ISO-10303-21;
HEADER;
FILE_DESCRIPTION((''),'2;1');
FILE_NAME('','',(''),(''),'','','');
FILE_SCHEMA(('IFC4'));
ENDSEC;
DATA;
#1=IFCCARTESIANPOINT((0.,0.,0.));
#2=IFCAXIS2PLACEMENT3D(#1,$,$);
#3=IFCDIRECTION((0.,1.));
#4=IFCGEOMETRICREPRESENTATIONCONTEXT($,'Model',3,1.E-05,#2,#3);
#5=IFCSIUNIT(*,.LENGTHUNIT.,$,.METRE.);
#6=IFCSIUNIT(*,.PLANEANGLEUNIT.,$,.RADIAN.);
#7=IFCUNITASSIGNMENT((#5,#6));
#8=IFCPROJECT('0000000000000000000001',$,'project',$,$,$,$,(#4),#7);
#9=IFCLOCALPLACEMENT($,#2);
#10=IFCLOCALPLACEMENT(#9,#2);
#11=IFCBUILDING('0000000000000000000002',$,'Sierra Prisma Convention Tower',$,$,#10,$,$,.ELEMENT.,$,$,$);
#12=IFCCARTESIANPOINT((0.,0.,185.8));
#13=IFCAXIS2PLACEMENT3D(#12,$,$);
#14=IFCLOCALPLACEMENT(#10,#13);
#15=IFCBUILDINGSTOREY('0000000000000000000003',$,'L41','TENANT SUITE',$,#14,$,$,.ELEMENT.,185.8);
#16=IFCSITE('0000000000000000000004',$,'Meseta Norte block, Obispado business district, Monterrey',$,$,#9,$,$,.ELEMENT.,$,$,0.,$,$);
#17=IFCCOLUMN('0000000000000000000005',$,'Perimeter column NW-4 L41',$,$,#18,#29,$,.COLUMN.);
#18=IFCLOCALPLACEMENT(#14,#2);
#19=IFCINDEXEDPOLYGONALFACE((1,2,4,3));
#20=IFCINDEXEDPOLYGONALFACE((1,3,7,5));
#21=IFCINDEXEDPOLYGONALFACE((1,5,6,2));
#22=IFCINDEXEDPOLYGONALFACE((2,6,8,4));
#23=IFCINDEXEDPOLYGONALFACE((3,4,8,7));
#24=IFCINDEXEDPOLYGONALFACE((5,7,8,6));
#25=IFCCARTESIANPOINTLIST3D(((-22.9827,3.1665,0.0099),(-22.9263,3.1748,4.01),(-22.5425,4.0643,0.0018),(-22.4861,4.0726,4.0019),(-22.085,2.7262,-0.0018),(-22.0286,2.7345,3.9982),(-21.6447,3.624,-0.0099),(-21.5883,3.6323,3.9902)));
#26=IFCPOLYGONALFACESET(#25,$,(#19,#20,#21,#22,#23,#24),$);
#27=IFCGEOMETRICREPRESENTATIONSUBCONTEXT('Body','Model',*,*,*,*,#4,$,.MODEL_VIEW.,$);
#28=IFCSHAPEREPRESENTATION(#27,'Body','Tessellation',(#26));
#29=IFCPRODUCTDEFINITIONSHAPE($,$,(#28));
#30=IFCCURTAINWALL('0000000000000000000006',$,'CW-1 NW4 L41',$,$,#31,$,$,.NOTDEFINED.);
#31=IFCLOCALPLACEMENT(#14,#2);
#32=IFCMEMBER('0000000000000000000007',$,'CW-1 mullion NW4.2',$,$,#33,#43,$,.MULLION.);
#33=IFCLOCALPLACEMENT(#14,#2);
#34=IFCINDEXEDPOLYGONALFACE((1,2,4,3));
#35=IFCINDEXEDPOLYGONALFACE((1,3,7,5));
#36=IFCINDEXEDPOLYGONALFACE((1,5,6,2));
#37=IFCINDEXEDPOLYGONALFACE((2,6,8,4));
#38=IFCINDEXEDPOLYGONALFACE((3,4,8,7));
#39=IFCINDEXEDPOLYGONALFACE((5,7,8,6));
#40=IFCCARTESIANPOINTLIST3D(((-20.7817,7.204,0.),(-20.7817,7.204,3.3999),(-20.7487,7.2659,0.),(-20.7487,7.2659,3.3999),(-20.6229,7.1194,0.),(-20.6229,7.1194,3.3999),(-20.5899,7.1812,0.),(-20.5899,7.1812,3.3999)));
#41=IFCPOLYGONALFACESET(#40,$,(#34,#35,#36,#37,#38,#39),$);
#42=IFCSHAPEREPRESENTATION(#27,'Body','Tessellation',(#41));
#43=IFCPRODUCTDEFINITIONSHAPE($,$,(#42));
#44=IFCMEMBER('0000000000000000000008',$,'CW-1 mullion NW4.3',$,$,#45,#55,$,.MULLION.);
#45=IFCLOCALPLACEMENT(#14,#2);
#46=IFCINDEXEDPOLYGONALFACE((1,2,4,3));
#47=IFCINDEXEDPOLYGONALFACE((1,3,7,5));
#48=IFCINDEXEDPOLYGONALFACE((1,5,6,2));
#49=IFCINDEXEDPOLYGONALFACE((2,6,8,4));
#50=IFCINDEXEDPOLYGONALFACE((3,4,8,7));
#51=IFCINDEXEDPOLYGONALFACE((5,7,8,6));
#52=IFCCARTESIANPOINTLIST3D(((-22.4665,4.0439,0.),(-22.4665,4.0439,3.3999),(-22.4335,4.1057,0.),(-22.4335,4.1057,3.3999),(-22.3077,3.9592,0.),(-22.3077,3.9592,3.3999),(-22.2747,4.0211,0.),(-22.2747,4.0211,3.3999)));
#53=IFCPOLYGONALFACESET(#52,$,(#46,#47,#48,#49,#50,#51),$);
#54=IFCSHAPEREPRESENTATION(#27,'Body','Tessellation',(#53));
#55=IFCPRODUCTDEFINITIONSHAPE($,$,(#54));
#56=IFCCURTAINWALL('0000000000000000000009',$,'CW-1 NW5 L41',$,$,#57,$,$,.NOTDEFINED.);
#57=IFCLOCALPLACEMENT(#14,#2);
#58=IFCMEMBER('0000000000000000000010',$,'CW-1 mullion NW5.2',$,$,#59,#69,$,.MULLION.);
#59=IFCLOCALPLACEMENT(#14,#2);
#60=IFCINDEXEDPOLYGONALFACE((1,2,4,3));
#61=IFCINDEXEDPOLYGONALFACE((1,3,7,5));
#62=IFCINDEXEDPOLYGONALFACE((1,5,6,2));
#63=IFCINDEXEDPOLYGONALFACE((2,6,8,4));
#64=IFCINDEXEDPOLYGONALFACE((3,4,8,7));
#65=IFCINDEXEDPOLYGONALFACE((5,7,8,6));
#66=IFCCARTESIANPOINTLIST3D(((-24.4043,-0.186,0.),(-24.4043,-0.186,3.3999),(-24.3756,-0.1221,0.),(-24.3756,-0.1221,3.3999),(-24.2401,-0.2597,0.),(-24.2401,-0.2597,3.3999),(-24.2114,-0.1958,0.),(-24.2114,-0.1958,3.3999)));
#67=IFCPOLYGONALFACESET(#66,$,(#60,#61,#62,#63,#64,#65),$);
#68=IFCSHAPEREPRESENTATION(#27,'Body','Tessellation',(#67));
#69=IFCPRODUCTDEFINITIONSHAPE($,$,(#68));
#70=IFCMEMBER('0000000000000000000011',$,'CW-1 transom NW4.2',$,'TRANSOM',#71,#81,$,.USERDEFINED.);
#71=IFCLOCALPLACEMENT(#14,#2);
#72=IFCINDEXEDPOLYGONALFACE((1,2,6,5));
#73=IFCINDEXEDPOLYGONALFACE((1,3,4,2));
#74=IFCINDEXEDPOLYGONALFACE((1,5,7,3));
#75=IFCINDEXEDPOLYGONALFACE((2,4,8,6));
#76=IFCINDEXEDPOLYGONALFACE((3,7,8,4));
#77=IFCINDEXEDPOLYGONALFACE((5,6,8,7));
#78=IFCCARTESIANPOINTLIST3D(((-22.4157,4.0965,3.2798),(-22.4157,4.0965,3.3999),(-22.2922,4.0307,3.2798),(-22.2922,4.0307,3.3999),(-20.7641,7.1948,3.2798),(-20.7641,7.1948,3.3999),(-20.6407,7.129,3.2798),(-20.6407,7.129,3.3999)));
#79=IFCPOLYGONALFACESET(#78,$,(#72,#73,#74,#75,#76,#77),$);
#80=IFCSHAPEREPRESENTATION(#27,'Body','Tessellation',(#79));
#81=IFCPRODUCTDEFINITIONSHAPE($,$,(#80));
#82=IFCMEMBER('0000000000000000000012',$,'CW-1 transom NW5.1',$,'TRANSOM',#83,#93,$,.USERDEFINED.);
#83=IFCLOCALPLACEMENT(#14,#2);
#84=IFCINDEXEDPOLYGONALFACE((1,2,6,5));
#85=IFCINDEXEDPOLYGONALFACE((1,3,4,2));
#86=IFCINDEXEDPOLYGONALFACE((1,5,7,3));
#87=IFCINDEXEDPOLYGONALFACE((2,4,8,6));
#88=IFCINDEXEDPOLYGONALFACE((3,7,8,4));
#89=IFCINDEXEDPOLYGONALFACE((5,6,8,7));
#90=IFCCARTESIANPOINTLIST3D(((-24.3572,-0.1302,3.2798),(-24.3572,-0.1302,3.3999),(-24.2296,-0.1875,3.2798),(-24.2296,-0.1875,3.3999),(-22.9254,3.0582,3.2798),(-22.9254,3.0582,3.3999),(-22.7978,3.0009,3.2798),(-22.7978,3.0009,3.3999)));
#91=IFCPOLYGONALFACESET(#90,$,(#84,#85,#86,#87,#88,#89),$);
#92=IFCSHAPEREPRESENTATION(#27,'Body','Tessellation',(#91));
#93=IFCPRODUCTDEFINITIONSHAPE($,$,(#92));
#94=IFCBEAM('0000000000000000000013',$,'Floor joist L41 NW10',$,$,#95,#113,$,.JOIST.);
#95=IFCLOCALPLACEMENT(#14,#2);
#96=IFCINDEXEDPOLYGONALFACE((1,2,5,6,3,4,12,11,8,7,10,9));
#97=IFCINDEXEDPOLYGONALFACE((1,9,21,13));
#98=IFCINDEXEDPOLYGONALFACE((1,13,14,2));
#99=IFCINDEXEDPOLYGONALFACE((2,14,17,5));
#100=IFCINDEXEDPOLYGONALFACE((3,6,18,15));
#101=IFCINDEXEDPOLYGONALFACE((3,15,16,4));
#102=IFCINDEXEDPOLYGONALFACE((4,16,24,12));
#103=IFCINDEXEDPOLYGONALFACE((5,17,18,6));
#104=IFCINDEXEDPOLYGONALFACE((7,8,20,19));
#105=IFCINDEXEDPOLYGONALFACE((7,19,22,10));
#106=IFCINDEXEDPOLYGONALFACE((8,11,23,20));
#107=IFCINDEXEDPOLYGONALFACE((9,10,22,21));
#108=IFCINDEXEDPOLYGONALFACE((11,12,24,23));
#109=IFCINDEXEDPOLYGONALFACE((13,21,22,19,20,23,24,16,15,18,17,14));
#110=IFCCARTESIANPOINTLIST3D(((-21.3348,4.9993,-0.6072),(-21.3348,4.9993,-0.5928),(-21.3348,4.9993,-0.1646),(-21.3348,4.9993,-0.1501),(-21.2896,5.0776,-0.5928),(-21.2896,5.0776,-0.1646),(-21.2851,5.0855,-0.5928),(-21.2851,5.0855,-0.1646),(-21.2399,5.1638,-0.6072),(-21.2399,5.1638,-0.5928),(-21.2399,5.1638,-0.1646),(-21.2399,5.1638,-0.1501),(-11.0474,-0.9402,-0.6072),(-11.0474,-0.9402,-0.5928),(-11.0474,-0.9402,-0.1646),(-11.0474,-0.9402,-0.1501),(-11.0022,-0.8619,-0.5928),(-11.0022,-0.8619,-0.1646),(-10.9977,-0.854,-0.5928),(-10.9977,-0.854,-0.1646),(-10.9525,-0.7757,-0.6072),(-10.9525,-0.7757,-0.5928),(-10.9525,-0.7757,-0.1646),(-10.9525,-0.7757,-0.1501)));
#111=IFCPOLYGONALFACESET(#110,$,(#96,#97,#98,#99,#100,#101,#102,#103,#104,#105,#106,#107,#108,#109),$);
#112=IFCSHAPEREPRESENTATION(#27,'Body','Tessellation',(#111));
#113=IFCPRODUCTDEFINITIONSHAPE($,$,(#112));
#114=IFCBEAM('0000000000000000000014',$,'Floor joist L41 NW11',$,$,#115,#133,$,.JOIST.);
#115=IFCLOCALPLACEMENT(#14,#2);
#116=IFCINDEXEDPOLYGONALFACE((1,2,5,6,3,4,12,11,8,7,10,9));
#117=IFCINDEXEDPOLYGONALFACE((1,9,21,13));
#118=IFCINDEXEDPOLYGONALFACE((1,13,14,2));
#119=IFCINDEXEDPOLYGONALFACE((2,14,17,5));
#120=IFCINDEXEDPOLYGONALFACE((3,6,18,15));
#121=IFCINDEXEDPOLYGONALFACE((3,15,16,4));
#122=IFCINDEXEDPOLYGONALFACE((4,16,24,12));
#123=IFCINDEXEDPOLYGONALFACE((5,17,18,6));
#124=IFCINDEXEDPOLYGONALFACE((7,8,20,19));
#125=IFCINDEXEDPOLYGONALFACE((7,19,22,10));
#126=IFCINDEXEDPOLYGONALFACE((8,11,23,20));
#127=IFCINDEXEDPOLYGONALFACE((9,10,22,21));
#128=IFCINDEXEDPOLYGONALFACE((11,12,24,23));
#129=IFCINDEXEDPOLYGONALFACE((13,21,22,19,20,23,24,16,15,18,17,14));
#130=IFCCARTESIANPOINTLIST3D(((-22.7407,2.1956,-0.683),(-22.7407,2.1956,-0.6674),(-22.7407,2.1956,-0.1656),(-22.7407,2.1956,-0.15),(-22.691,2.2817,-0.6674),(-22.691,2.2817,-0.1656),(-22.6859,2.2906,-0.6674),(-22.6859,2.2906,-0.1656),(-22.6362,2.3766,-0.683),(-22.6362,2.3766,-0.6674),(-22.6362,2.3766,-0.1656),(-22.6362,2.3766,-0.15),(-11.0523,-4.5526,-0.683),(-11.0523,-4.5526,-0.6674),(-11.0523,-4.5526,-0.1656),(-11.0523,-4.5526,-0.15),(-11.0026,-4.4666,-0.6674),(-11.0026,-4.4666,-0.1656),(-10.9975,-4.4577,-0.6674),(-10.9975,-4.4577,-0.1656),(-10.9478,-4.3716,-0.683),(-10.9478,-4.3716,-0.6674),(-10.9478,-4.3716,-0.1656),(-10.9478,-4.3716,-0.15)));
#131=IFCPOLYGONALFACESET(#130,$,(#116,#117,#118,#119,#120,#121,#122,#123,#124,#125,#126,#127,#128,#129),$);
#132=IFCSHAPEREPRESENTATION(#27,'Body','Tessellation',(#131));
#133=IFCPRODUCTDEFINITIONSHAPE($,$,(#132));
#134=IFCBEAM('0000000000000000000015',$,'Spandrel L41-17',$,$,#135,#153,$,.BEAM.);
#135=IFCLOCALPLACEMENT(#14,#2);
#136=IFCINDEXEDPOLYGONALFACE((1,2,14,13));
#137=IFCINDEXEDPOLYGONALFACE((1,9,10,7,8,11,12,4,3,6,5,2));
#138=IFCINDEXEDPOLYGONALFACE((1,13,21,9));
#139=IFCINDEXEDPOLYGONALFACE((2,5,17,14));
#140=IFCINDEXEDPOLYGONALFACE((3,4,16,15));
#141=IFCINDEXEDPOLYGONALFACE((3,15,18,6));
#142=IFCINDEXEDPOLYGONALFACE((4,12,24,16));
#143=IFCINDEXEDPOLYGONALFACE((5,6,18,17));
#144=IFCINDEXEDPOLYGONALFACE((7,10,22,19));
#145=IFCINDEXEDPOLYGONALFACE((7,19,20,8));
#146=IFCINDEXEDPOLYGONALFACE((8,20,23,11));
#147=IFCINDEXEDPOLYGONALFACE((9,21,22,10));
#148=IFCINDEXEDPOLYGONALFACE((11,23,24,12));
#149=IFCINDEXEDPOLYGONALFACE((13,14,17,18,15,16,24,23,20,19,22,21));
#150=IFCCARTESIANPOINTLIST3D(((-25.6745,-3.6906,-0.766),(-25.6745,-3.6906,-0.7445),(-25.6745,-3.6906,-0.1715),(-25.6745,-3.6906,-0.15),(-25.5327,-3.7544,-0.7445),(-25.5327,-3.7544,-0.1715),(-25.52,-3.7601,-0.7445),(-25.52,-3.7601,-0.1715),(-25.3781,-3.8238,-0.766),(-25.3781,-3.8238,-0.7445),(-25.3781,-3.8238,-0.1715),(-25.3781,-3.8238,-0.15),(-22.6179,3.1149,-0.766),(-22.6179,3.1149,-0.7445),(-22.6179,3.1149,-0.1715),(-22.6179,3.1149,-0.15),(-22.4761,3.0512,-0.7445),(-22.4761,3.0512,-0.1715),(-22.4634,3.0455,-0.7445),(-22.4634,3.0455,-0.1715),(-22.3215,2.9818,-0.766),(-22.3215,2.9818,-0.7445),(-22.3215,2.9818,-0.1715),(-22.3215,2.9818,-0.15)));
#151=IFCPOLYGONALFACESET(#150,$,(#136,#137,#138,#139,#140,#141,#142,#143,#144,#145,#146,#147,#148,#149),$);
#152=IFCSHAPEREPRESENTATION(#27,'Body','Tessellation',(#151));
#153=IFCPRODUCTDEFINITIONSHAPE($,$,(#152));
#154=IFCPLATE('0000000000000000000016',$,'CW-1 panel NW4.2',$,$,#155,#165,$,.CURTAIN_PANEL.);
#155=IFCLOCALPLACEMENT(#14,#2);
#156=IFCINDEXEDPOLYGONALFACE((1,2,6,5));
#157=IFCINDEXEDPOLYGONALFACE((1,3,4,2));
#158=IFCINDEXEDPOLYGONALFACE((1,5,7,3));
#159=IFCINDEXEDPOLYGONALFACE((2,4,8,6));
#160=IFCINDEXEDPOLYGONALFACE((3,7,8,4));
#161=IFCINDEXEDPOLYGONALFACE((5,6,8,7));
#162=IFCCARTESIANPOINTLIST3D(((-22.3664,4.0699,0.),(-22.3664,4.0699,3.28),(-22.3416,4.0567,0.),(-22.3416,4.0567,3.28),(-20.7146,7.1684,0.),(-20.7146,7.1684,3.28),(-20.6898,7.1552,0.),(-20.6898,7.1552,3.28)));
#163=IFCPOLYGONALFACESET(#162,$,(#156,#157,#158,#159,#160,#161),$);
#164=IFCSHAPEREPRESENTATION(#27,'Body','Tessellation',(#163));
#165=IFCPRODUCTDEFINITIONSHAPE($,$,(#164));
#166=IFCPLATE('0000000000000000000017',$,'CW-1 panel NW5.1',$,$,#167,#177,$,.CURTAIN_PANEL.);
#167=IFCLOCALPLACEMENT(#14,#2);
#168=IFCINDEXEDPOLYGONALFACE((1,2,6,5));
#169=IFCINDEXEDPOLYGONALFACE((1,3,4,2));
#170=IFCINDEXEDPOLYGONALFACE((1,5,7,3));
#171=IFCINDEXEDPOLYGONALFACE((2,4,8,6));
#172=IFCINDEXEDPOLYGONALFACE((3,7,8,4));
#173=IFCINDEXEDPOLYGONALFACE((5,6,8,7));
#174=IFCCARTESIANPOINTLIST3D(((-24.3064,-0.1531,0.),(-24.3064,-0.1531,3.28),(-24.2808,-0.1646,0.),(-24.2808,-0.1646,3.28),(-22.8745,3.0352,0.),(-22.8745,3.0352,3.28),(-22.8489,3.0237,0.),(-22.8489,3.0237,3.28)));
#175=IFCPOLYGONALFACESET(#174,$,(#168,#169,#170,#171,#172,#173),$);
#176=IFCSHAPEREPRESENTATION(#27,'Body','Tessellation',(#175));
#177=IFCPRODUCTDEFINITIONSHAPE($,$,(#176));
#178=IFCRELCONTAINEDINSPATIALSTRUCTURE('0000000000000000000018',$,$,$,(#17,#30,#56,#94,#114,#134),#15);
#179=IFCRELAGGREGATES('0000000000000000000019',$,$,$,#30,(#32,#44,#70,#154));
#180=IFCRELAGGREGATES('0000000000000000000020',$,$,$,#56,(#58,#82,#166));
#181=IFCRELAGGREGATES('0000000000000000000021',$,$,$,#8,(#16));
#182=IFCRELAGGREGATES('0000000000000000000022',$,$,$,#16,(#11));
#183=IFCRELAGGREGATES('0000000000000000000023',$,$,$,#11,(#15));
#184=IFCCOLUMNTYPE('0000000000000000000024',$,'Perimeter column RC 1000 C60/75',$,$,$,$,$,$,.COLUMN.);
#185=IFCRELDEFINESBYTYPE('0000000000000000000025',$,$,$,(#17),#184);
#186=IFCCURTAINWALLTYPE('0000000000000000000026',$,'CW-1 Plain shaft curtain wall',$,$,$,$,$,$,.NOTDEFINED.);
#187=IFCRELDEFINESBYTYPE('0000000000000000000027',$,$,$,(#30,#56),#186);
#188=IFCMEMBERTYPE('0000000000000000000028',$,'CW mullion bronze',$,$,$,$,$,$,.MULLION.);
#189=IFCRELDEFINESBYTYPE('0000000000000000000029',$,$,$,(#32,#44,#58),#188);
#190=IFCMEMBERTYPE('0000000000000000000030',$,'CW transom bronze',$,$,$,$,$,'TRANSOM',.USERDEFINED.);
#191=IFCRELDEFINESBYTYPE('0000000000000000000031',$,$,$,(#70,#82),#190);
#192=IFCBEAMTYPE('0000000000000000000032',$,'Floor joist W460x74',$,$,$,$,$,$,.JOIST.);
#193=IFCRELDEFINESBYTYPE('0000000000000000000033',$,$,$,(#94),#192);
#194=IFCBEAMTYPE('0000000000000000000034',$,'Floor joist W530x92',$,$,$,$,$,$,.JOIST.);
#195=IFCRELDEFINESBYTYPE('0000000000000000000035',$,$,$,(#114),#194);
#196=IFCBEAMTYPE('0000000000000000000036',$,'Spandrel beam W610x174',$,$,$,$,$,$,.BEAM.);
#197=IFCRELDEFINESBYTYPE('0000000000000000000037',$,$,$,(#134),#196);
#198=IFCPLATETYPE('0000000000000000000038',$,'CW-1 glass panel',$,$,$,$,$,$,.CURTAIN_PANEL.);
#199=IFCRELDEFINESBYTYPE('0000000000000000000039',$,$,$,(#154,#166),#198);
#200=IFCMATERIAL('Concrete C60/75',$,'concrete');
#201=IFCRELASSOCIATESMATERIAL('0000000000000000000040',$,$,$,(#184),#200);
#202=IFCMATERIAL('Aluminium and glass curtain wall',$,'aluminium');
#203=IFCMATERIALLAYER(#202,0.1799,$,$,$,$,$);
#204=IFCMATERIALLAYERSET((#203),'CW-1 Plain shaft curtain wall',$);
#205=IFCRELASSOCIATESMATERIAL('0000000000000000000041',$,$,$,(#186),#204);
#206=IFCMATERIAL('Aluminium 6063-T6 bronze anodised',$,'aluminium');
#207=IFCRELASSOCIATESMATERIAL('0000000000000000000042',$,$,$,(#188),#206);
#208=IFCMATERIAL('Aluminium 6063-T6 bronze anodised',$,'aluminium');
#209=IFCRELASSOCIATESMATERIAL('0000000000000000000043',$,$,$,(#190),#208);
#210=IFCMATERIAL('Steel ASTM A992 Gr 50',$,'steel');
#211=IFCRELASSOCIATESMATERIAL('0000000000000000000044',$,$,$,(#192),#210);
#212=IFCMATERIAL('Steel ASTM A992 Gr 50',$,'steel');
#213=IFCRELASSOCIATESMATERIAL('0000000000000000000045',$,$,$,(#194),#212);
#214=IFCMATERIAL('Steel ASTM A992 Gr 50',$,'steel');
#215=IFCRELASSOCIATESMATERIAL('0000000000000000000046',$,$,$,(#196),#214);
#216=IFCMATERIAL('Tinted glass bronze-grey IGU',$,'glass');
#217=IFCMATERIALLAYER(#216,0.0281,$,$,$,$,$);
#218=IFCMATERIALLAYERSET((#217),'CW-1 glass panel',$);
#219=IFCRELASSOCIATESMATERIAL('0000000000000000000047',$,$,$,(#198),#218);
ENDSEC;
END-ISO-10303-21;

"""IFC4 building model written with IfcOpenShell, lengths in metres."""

from ifc_helpers import new_model, si_unit, direction, frame, origin, origin_2d, place, context, subcontext, project, spatial, rectangle, i_section, extrude, material, layer, layer_set, material_profile, profile_set, type_object, element, aggregate, save


model = new_model("IFC4")

# Units and contexts
model_context = context("Model", 3, precision=1e-05, world=origin(), true_north=direction((0.0, 1.0)))
body_context = subcontext(model_context, "Body", "Model", "MODEL_VIEW")
ifc_project = project(units=[si_unit("LENGTHUNIT", "METRE"), si_unit("PLANEANGLEUNIT", "RADIAN")], contexts=[model_context])

# Site, building, storey
site_placement = place(None, origin())
site = spatial("IfcSite", under=ifc_project, at=site_placement, Name="Meseta Norte block, Obispado business district, Monterrey", CompositionType="ELEMENT", RefElevation=0.0)
building_placement = place(site_placement, origin())
building = spatial("IfcBuilding", under=site, at=building_placement, Name="Sierra Prisma Convention Tower", CompositionType="ELEMENT")
storey_placement = place(building_placement, frame((0.0, 0.0, 185.8)))
storey = spatial("IfcBuildingStorey", under=building, at=storey_placement, Name="L41", Description="TENANT SUITE", CompositionType="ELEMENT", Elevation=185.8)

# Column
ifc_material_1 = material(Name="Concrete C60/75", Category="concrete")
ifc_material_profile_1 = material_profile(ifc_material_1, rectangle(XDim=1.0, YDim=1.0, at=origin_2d()), Name="Perimeter column RC 1000 C60/75")
ifc_profile_set_1 = profile_set([ifc_material_profile_1], Name="Concrete C60/75")
column_type = type_object("IfcColumnType", Name="Perimeter column RC 1000 C60/75", PredefinedType="COLUMN", material=ifc_profile_set_1)
column_placement = place(storey_placement, frame((-22.3137, 3.3953, 0.0), z_axis=(0.014098, 0.002075, 0.999898), x_axis=(0.440273, 0.897828, -0.008071)))
element("IfcColumn", 1, at=column_placement, inside=storey, type_object=column_type, Name="Perimeter column NW-4 L41", PredefinedType="COLUMN", context=body_context, shape_type="SweptSolid", body=[
    extrude(rectangle(XDim=1.0, YDim=1.0, at=origin_2d()), origin(), (0.0, 0.0, 1.0), 4.0005),
])

# Curtain wall, members
ifc_material_2 = material(Name="Aluminium and glass curtain wall", Category="aluminium")
ifc_layer_1 = layer(ifc_material_2, 0.1799)
ifc_layer_set_1 = layer_set([ifc_layer_1], Name="CW-1 Plain shaft curtain wall")
curtain_wall_type = type_object("IfcCurtainWallType", Name="CW-1 Plain shaft curtain wall", PredefinedType="NOTDEFINED", material=ifc_layer_set_1)
curtain_wall_1_placement = place(storey_placement, origin())
curtain_wall_1 = element("IfcCurtainWall", 2, at=curtain_wall_1_placement, inside=storey, type_object=curtain_wall_type, Name="CW-1 NW4 L41", PredefinedType="NOTDEFINED")
ifc_material_3 = material(Name="Aluminium 6063-T6 bronze anodised", Category="aluminium")
ifc_material_profile_2 = material_profile(ifc_material_3, rectangle(XDim=0.1799, YDim=0.0701, at=origin_2d()), Name="ALU MULLION 70x180")
ifc_profile_set_2 = profile_set([ifc_material_profile_2], Name="Aluminium 6063-T6 bronze anodised")
member_type_1 = type_object("IfcMemberType", Name="CW mullion bronze", PredefinedType="MULLION", material=ifc_profile_set_2)
member_1_placement = place(storey_placement, frame((-20.6858, 7.1926, 0.0), z_axis=(0.0, 0.0, 1.0), x_axis=(0.882439, -0.470428, 0.0)))
member_1 = element("IfcMember", 3, at=member_1_placement, type_object=member_type_1, Name="CW-1 mullion NW4.2", PredefinedType="MULLION", context=body_context, shape_type="SweptSolid", body=[
    extrude(rectangle(XDim=0.1799, YDim=0.0701, at=origin_2d()), origin(), (0.0, 0.0, 1.0), 3.3999),
])
member_2_placement = place(storey_placement, frame((-22.3706, 4.0325, 0.0), z_axis=(0.0, 0.0, 1.0), x_axis=(0.882439, -0.470428, 0.0)))
member_2 = element("IfcMember", 4, at=member_2_placement, type_object=member_type_1, Name="CW-1 mullion NW4.3", PredefinedType="MULLION", context=body_context, shape_type="SweptSolid", body=[
    extrude(rectangle(XDim=0.1799, YDim=0.0701, at=origin_2d()), origin(), (0.0, 0.0, 1.0), 3.3999),
])

# Curtain wall, member
curtain_wall_2_placement = place(storey_placement, origin())
curtain_wall_2 = element("IfcCurtainWall", 5, at=curtain_wall_2_placement, inside=storey, type_object=curtain_wall_type, Name="CW-1 NW5 L41", PredefinedType="NOTDEFINED")
member_3_placement = place(storey_placement, frame((-24.3079, -0.1909, 0.0), z_axis=(0.0, 0.0, 1.0), x_axis=(0.912219, -0.409703, 0.0)))
member_3 = element("IfcMember", 6, at=member_3_placement, type_object=member_type_1, Name="CW-1 mullion NW5.2", PredefinedType="MULLION", context=body_context, shape_type="SweptSolid", body=[
    extrude(rectangle(XDim=0.1799, YDim=0.0701, at=origin_2d()), origin(), (0.0, 0.0, 1.0), 3.3999),
])

# Members
ifc_material_4 = material(Name="Aluminium 6063-T6 bronze anodised", Category="aluminium")
ifc_material_profile_3 = material_profile(ifc_material_4, rectangle(XDim=0.1399, YDim=0.1201, at=origin_2d()), Name="ALU TRANSOM 120x140")
ifc_profile_set_3 = profile_set([ifc_material_profile_3], Name="Aluminium 6063-T6 bronze anodised")
member_type_2 = type_object("IfcMemberType", Name="CW transom bronze", ElementType="TRANSOM", PredefinedType="USERDEFINED", material=ifc_profile_set_3)
member_4_placement = place(storey_placement, frame((-20.7024, 7.1619, 3.3398), z_axis=(-0.470397, -0.882455, 0.0), x_axis=(0.882455, -0.470397, 0.0)))
member_4 = element("IfcMember", 7, at=member_4_placement, type_object=member_type_2, Name="CW-1 transom NW4.2", ObjectType="TRANSOM", PredefinedType="USERDEFINED", context=body_context, shape_type="SweptSolid", body=[
    extrude(rectangle(XDim=0.1399, YDim=0.1201, at=origin_2d()), origin(), (0.0, 0.0, 1.0), 3.511),
])
member_5_placement = place(storey_placement, frame((-22.8616, 3.0295, 3.3398), z_axis=(-0.409668, -0.912235, 0.0), x_axis=(0.912235, -0.409668, 0.0)))
member_5 = element("IfcMember", 8, at=member_5_placement, type_object=member_type_2, Name="CW-1 transom NW5.1", ObjectType="TRANSOM", PredefinedType="USERDEFINED", context=body_context, shape_type="SweptSolid", body=[
    extrude(rectangle(XDim=0.1399, YDim=0.1201, at=origin_2d()), origin(), (0.0, 0.0, 1.0), 3.4951),
])

# Beams
ifc_material_5 = material(Name="Steel ASTM A992 Gr 50", Category="steel")
ifc_material_profile_4 = material_profile(ifc_material_5, i_section(OverallWidth=0.1899, OverallDepth=0.457, WebThickness=0.009, FlangeThickness=0.0144, at=origin_2d()), Name="W460x74")
ifc_profile_set_4 = profile_set([ifc_material_profile_4], Name="Steel ASTM A992 Gr 50")
beam_type_1 = type_object("IfcBeamType", Name="Floor joist W460x74", PredefinedType="JOIST", material=ifc_profile_set_4)
beam_1_placement = place(storey_placement, frame((-21.2874, 5.0815, -0.3787), z_axis=(0.866024, -0.500003, 0.0), x_axis=(0.500003, 0.866024, 0.0)))
element("IfcBeam", 9, at=beam_1_placement, inside=storey, type_object=beam_type_1, Name="Floor joist L41 NW10", PredefinedType="JOIST", context=body_context, shape_type="SweptSolid", body=[
    extrude(i_section(OverallWidth=0.1899, OverallDepth=0.457, WebThickness=0.009, FlangeThickness=0.0144, at=origin_2d()), origin(), (0.0, 0.0, 1.0), 11.8789),
])
ifc_material_6 = material(Name="Steel ASTM A992 Gr 50", Category="steel")
ifc_material_profile_5 = material_profile(ifc_material_6, i_section(OverallWidth=0.209, OverallDepth=0.533, WebThickness=0.0103, FlangeThickness=0.0156, at=origin_2d()), Name="W530x92")
ifc_profile_set_5 = profile_set([ifc_material_profile_5], Name="Steel ASTM A992 Gr 50")
beam_type_2 = type_object("IfcBeamType", Name="Floor joist W530x92", PredefinedType="JOIST", material=ifc_profile_set_5)
beam_2_placement = place(storey_placement, frame((-22.6885, 2.2861, -0.4165), z_axis=(0.866027, -0.499997, 0.0), x_axis=(0.499997, 0.866027, 0.0)))
element("IfcBeam", 10, at=beam_2_placement, inside=storey, type_object=beam_type_2, Name="Floor joist L41 NW11", PredefinedType="JOIST", context=body_context, shape_type="SweptSolid", body=[
    extrude(i_section(OverallWidth=0.209, OverallDepth=0.533, WebThickness=0.0103, FlangeThickness=0.0156, at=origin_2d()), origin(), (0.0, 0.0, 1.0), 13.4966),
])
ifc_material_7 = material(Name="Steel ASTM A992 Gr 50", Category="steel")
ifc_material_profile_6 = material_profile(ifc_material_7, i_section(OverallWidth=0.325, OverallDepth=0.616, WebThickness=0.0139, FlangeThickness=0.0215, at=origin_2d()), Name="W610x174")
ifc_profile_set_6 = profile_set([ifc_material_profile_6], Name="Steel ASTM A992 Gr 50")
beam_type_3 = type_object("IfcBeamType", Name="Spandrel beam W610x174", PredefinedType="BEAM", material=ifc_profile_set_6)
beam_3_placement = place(storey_placement, frame((-22.4697, 3.0483, -0.458), z_axis=(-0.409706, -0.912218, 0.0), x_axis=(0.912218, -0.409706, 0.0)))
element("IfcBeam", 11, at=beam_3_placement, inside=storey, type_object=beam_type_3, Name="Spandrel L41-17", PredefinedType="BEAM", context=body_context, shape_type="SweptSolid", body=[
    extrude(i_section(OverallWidth=0.325, OverallDepth=0.616, WebThickness=0.0139, FlangeThickness=0.0215, at=origin_2d()), origin(), (0.0, 0.0, 1.0), 7.4604),
])

# Plates
ifc_material_8 = material(Name="Tinted glass bronze-grey IGU", Category="glass")
ifc_layer_2 = layer(ifc_material_8, 0.0281)
ifc_layer_set_2 = layer_set([ifc_layer_2], Name="CW-1 glass panel")
plate_type = type_object("IfcPlateType", Name="CW-1 glass panel", PredefinedType="CURTAIN_PANEL", material=ifc_layer_set_2)
plate_1_placement = place(storey_placement, frame((-21.5281, 5.6125, 0.0), z_axis=(0.0, 0.0, 1.0), x_axis=(-0.470428, -0.882439, 0.0)))
plate_1 = element("IfcPlate", 12, at=plate_1_placement, type_object=plate_type, Name="CW-1 panel NW4.2", PredefinedType="CURTAIN_PANEL", context=body_context, shape_type="SweptSolid", body=[
    extrude(rectangle(XDim=3.5112, YDim=0.0281, at=origin_2d()), origin(), (0.0, 0.0, 1.0), 3.28),
])
aggregate(curtain_wall_1, [member_1, member_2, member_4, plate_1])
plate_2_placement = place(storey_placement, frame((-23.5776, 1.4353, 0.0), z_axis=(0.0, 0.0, 1.0), x_axis=(-0.409703, -0.912219, 0.0)))
plate_2 = element("IfcPlate", 13, at=plate_2_placement, type_object=plate_type, Name="CW-1 panel NW5.1", PredefinedType="CURTAIN_PANEL", context=body_context, shape_type="SweptSolid", body=[
    extrude(rectangle(XDim=3.4951, YDim=0.0281, at=origin_2d()), origin(), (0.0, 0.0, 1.0), 3.28),
])
aggregate(curtain_wall_2, [member_3, member_5, plate_2])

save(model, "model.ifc")
